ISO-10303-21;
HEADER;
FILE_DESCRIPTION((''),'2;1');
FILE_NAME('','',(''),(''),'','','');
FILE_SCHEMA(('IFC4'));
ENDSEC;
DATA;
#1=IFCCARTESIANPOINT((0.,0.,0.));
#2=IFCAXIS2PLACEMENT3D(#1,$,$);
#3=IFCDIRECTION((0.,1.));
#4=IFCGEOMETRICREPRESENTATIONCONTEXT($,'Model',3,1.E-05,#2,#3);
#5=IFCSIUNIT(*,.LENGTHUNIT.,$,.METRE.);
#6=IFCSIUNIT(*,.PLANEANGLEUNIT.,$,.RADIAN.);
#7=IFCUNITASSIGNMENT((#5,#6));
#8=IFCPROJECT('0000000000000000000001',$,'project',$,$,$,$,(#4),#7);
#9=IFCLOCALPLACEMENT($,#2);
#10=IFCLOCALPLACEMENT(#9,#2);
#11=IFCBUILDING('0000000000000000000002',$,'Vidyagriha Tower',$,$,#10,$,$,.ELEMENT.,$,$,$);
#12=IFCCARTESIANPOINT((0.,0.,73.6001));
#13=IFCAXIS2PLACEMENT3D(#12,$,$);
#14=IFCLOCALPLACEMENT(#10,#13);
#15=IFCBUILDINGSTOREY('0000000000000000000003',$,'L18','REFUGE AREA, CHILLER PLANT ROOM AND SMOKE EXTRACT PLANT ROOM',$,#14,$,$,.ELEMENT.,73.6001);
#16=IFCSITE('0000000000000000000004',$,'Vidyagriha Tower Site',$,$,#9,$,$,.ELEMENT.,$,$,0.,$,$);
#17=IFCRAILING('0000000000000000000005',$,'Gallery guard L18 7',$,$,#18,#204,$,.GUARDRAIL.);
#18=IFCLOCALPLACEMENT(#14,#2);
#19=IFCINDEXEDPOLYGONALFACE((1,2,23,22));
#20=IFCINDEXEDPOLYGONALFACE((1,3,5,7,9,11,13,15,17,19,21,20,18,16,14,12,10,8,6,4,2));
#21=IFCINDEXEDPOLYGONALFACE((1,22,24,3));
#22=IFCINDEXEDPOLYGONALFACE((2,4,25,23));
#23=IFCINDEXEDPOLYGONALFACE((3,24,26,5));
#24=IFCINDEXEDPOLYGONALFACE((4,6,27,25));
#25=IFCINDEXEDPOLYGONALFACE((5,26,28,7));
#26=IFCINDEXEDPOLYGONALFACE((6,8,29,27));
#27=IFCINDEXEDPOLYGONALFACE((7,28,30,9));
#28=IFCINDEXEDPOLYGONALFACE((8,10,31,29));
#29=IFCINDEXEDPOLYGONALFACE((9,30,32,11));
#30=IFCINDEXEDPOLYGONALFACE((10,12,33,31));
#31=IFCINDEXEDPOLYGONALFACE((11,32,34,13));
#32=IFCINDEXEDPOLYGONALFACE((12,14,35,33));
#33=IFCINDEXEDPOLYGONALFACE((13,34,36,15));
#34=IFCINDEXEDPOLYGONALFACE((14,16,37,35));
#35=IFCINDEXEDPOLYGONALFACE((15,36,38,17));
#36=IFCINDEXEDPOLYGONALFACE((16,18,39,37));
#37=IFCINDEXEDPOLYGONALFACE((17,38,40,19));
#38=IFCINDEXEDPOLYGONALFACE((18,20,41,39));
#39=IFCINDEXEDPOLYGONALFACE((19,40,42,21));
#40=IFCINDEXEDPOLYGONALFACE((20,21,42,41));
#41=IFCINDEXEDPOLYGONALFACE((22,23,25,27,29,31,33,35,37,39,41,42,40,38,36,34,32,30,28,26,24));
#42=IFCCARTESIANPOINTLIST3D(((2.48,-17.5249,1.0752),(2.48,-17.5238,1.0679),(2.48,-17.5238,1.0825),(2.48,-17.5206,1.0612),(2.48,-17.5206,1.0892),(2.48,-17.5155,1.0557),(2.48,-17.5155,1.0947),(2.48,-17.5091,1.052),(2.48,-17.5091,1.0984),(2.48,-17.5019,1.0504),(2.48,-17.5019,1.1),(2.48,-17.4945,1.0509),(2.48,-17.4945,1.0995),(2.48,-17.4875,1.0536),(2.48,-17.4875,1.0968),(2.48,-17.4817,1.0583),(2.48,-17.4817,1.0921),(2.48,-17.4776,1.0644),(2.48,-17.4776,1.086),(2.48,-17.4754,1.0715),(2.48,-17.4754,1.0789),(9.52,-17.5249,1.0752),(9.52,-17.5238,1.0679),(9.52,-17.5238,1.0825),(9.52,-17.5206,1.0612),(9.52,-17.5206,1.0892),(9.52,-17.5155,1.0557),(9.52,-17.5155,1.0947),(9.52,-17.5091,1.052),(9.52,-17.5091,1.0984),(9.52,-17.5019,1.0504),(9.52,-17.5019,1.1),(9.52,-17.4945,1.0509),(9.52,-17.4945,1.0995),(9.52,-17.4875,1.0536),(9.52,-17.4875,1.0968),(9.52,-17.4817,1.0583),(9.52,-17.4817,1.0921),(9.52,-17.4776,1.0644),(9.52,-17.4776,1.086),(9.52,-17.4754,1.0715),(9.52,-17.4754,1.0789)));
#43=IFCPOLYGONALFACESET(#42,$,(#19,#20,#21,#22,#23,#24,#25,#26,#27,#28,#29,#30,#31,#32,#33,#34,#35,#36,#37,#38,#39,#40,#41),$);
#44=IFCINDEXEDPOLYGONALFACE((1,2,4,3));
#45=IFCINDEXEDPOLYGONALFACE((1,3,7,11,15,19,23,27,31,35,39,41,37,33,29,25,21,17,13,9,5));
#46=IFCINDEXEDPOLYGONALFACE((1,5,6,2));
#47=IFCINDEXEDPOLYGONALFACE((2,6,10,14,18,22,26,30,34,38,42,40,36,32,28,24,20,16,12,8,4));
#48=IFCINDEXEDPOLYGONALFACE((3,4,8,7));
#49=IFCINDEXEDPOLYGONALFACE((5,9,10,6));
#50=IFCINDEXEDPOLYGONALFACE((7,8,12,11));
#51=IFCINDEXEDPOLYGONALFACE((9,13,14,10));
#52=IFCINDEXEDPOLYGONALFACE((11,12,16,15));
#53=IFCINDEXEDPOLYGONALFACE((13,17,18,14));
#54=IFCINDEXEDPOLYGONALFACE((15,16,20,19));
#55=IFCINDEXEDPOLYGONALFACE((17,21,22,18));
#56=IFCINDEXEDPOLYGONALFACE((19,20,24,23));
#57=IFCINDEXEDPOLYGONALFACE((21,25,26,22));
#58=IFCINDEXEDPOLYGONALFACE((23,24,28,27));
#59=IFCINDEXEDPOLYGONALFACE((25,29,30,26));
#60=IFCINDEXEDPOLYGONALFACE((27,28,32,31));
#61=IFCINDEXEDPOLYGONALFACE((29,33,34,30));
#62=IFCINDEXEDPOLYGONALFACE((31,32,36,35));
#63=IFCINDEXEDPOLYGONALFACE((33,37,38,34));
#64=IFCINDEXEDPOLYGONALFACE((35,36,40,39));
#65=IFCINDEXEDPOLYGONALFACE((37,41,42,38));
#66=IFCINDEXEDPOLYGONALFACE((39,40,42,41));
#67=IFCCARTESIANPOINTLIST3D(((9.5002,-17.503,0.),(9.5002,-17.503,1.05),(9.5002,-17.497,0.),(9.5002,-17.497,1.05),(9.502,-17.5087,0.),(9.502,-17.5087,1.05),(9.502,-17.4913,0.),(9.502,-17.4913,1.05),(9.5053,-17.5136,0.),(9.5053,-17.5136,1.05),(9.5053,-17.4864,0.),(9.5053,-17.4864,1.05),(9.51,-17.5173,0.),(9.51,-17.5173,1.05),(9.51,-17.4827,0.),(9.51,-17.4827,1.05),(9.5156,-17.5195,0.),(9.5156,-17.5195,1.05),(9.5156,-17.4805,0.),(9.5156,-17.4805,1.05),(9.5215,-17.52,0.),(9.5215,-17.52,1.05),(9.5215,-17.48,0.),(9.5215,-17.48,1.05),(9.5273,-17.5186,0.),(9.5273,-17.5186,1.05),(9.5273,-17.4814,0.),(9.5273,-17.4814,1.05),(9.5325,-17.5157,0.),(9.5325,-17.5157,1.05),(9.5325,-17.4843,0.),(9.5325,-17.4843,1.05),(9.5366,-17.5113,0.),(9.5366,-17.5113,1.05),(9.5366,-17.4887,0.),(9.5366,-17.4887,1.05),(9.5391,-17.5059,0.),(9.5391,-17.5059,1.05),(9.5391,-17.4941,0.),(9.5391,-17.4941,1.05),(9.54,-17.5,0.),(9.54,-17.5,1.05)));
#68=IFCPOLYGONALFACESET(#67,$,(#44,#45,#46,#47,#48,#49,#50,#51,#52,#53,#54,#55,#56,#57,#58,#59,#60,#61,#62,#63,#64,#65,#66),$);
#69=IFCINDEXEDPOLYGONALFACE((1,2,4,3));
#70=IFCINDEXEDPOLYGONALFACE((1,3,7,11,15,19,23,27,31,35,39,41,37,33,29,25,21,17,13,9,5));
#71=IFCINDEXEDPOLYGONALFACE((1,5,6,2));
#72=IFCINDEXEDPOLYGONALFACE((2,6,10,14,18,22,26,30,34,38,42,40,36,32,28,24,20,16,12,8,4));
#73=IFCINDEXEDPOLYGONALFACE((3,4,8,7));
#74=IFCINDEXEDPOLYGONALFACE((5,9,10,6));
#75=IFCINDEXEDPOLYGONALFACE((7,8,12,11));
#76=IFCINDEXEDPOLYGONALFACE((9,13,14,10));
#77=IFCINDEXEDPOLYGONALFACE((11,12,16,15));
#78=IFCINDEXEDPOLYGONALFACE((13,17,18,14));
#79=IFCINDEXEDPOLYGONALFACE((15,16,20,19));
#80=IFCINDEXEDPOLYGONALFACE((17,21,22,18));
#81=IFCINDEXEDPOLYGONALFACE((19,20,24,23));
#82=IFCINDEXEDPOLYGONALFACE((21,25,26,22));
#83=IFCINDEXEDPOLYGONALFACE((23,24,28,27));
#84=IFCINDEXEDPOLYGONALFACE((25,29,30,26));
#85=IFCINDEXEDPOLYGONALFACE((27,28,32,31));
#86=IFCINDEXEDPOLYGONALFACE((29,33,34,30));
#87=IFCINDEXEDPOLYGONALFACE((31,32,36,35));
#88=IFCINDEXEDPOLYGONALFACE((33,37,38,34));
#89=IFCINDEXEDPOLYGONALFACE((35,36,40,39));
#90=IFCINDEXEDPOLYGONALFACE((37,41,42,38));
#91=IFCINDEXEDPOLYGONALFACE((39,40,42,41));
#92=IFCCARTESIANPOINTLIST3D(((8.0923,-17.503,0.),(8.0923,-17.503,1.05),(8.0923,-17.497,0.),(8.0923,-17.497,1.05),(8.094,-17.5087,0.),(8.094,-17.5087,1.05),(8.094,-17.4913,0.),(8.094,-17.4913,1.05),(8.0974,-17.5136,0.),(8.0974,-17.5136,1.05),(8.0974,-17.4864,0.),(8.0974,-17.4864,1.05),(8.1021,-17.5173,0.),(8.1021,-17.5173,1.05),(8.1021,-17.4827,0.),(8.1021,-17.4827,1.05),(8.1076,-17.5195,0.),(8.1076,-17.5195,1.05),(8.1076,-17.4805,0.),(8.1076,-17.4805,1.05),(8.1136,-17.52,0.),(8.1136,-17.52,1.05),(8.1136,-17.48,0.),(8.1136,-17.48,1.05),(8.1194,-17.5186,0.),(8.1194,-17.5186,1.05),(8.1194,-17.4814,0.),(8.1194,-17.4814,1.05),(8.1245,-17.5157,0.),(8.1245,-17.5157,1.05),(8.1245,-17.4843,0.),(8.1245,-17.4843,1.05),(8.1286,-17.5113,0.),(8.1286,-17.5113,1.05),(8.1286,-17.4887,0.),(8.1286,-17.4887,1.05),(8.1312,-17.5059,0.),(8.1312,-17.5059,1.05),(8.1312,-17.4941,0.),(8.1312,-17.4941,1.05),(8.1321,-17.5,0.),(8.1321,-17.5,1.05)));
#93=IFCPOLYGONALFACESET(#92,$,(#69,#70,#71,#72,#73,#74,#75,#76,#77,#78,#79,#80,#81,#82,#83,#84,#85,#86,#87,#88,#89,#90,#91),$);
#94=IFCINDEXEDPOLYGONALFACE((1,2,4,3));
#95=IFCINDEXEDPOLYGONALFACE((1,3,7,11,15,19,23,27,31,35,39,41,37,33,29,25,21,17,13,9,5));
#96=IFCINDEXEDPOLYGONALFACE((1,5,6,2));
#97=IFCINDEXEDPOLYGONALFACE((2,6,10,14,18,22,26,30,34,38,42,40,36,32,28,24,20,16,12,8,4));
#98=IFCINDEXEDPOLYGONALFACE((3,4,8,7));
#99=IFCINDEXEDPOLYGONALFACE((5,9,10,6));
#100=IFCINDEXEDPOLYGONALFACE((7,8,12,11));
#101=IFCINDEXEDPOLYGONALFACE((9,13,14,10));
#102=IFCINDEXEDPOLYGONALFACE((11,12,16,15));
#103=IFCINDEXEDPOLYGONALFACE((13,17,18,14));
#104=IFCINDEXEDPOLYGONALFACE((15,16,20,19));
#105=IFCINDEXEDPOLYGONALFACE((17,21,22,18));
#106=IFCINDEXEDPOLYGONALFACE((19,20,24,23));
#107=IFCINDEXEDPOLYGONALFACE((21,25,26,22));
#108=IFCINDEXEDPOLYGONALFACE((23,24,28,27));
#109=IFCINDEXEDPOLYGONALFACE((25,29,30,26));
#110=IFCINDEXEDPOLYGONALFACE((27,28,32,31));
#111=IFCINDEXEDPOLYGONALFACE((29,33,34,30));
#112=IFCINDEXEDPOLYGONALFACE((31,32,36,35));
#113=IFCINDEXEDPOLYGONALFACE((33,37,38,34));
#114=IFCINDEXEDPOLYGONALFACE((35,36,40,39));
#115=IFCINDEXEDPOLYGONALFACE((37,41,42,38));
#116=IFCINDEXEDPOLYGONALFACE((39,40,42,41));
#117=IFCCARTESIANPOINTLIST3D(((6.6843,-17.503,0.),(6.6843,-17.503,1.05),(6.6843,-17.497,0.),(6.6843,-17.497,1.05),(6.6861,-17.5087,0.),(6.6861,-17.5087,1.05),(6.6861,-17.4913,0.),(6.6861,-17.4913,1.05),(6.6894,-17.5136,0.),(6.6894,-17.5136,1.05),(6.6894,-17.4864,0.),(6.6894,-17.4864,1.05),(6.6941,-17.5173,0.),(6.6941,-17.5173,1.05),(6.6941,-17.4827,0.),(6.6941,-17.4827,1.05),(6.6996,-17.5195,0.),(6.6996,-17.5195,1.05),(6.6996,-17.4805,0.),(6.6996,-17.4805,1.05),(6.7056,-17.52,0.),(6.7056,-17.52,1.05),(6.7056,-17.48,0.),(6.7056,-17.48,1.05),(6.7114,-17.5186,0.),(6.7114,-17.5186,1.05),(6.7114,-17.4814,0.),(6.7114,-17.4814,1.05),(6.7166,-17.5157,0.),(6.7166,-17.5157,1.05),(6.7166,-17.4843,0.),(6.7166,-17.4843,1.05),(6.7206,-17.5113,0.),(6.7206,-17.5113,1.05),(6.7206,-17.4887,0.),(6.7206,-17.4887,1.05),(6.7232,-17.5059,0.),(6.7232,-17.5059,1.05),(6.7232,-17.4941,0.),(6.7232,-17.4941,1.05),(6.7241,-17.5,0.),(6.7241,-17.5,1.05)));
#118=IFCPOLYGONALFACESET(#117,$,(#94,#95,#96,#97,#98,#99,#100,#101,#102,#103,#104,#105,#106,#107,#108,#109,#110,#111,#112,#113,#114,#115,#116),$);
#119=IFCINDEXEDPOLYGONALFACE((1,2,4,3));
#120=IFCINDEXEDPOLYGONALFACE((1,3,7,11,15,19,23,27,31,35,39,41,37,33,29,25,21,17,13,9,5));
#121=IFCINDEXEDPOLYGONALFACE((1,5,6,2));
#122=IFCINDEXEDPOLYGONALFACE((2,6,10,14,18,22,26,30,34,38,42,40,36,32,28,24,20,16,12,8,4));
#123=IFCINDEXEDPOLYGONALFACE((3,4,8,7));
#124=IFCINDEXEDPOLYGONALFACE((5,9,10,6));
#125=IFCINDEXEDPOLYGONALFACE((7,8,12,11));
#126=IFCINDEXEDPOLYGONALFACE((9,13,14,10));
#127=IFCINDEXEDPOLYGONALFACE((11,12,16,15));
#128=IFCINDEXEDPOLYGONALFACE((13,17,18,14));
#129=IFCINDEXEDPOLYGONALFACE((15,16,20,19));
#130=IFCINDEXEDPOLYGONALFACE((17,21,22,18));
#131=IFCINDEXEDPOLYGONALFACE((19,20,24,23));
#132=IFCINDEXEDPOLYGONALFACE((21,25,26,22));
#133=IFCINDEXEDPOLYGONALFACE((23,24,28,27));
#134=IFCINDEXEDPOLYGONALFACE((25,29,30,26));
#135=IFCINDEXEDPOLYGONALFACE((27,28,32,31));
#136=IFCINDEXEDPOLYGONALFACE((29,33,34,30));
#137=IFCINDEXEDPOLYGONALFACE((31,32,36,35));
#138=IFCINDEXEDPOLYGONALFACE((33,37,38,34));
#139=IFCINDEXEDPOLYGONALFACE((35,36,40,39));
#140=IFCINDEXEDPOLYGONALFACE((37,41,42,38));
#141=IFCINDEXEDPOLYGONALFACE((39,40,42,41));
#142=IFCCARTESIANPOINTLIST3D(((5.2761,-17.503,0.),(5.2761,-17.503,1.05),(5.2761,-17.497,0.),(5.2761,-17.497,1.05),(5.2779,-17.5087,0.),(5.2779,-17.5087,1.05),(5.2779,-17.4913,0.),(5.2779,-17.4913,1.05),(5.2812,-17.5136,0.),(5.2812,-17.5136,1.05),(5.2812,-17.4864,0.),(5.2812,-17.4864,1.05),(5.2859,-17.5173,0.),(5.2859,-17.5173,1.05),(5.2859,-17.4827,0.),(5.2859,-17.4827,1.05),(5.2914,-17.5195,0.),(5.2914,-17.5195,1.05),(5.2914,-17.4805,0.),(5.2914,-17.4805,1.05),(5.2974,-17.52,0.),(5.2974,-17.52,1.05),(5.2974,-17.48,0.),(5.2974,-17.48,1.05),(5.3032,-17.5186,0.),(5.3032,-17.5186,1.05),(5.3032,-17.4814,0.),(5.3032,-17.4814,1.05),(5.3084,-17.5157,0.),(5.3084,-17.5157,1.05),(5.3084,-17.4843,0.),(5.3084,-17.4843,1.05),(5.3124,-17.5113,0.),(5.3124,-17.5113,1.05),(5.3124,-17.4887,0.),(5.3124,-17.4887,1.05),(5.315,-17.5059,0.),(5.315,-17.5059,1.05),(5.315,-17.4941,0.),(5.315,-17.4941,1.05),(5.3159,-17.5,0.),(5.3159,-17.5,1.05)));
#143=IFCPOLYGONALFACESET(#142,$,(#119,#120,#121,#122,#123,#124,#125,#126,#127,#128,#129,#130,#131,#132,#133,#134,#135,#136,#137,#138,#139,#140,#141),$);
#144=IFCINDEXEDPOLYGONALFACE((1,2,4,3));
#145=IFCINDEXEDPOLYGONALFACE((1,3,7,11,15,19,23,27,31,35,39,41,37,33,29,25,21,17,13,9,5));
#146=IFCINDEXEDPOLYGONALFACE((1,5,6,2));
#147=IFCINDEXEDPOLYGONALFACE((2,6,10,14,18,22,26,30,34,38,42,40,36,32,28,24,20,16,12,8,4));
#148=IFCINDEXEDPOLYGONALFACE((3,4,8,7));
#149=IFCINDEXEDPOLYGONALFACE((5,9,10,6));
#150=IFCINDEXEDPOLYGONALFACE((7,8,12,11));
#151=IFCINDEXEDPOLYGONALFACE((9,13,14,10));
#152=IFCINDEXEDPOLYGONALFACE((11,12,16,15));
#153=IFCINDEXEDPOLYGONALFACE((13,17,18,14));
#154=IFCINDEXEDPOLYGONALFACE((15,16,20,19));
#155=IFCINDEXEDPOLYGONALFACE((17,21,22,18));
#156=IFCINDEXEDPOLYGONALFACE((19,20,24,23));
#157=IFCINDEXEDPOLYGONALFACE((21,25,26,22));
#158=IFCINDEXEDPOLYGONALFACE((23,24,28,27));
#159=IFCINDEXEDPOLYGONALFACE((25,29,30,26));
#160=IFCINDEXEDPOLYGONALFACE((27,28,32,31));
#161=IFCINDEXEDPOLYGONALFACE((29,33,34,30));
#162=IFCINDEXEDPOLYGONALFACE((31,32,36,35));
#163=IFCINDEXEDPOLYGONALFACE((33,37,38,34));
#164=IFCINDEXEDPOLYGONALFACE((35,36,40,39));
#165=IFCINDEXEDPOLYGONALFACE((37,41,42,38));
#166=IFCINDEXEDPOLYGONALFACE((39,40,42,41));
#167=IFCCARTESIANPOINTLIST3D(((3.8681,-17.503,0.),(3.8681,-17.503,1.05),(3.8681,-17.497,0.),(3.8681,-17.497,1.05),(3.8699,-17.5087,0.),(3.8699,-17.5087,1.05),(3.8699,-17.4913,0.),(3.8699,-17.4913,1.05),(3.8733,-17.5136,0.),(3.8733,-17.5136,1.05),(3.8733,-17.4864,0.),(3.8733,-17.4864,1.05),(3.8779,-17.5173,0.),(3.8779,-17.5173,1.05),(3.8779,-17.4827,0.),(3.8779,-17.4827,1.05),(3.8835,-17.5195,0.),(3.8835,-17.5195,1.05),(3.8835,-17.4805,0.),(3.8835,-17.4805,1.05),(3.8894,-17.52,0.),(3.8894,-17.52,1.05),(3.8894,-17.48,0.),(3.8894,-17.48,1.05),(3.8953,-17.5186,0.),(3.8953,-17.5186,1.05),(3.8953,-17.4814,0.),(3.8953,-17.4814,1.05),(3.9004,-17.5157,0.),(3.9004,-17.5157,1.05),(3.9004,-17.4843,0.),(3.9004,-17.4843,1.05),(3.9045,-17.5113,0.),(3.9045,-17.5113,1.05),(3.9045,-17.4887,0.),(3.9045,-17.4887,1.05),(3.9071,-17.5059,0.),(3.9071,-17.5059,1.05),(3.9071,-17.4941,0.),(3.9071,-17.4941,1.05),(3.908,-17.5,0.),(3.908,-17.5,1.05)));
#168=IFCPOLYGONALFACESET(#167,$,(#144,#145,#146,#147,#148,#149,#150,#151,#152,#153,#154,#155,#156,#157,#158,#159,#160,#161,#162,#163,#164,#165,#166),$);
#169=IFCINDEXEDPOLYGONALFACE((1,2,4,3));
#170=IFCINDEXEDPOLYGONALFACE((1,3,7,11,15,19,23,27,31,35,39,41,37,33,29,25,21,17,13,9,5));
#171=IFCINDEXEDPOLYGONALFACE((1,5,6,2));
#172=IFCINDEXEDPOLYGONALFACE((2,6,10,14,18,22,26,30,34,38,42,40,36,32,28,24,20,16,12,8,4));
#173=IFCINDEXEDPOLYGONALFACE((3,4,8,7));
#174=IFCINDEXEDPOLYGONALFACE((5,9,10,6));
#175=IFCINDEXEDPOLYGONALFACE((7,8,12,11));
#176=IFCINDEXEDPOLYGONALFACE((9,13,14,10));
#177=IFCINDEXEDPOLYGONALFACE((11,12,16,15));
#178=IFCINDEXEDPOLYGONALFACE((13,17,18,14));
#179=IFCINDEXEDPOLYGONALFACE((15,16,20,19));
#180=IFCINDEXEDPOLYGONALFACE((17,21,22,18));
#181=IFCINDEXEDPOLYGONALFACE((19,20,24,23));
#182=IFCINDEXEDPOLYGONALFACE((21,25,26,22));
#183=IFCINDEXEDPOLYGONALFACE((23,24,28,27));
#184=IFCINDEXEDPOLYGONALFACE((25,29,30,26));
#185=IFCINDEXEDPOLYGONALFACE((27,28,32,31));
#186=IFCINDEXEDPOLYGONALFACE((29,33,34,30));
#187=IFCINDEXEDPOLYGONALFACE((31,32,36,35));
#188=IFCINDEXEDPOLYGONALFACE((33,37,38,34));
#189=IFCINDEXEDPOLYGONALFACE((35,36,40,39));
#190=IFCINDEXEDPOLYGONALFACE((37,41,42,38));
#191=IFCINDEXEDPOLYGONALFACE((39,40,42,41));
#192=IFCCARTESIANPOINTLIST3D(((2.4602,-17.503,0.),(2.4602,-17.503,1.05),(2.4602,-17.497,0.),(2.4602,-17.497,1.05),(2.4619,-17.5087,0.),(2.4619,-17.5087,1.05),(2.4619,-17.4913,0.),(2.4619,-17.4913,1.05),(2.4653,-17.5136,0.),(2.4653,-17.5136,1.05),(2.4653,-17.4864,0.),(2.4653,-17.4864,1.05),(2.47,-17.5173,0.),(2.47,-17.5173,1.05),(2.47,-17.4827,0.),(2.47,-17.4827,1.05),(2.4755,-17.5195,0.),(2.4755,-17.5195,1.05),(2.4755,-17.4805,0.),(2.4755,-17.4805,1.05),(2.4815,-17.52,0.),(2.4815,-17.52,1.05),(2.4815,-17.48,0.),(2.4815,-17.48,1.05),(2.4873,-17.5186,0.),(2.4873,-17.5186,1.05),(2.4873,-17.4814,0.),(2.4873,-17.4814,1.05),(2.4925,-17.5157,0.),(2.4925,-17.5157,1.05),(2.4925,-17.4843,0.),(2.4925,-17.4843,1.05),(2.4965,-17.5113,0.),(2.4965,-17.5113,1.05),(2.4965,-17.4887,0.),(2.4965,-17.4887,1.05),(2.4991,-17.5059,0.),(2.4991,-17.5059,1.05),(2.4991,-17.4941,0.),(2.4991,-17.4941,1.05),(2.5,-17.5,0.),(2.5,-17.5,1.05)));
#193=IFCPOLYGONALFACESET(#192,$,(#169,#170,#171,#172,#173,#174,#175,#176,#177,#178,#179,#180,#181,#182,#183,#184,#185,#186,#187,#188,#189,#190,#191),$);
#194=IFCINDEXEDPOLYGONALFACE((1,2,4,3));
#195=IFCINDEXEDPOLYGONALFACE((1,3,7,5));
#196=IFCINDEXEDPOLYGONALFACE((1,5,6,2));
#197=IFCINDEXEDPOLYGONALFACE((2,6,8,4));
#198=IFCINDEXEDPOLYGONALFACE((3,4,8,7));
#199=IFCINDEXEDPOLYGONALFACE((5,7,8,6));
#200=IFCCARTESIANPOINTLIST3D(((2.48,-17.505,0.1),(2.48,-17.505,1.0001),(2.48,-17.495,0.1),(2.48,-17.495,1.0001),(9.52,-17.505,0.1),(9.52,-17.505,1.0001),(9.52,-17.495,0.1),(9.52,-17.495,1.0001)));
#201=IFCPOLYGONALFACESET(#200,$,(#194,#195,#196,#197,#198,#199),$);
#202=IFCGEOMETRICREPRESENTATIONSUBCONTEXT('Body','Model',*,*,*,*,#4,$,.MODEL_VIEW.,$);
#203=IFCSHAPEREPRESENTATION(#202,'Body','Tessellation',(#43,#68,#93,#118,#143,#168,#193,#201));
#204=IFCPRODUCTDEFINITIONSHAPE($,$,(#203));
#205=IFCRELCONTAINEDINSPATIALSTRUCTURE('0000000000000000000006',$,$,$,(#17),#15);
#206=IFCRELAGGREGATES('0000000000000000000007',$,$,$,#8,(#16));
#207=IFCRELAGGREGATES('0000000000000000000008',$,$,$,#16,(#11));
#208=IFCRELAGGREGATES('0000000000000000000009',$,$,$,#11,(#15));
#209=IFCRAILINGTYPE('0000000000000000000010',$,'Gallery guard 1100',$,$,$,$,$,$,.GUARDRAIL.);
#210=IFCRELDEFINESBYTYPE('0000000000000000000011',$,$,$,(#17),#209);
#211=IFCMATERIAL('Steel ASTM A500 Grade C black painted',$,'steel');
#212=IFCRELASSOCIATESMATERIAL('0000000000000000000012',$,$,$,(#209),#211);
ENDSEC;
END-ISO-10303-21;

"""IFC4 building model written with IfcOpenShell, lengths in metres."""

from ifc_helpers import new_model, si_unit, direction, frame, origin, origin_2d, place, context, subcontext, project, spatial, rectangle, circle, extrude, material, type_object, element, save


model = new_model("IFC4")

# Units and contexts
model_context = context("Model", 3, precision=1e-05, world=origin(), true_north=direction((0.0, 1.0)))
body_context = subcontext(model_context, "Body", "Model", "MODEL_VIEW")
ifc_project = project(units=[si_unit("LENGTHUNIT", "METRE"), si_unit("PLANEANGLEUNIT", "RADIAN")], contexts=[model_context])

# Site, building, storey
site_placement = place(None, origin())
site = spatial("IfcSite", under=ifc_project, at=site_placement, Name="Vidyagriha Tower Site", CompositionType="ELEMENT", RefElevation=0.0)
building_placement = place(site_placement, origin())
building = spatial("IfcBuilding", under=site, at=building_placement, Name="Vidyagriha Tower", CompositionType="ELEMENT")
storey_placement = place(building_placement, frame((0.0, 0.0, 73.6001)))
storey = spatial("IfcBuildingStorey", under=building, at=storey_placement, Name="L18", Description="REFUGE AREA, CHILLER PLANT ROOM AND SMOKE EXTRACT PLANT ROOM", CompositionType="ELEMENT", Elevation=73.6001)

# Railing
ifc_material_1 = material(Name="Steel ASTM A500 Grade C black painted", Category="steel")
railing_type = type_object("IfcRailingType", Name="Gallery guard 1100", PredefinedType="GUARDRAIL", material=ifc_material_1)
for number, where, name in (
    (1, (9.52, -17.5, 0.0), "Gallery guard L18 7"),
):
    element("IfcRailing", number, at=place(storey_placement, frame(where)), inside=storey, type_object=railing_type, Name=name, PredefinedType="GUARDRAIL", context=body_context, shape_type="SweptSolid", body=[
        extrude(circle(Radius=0.0249, at=origin_2d()), frame((0.0, 0.0, 1.0752), z_axis=(-1.0, 0.0, 0.0), x_axis=(0.0, -1.0, 0.0)), (0.0, 0.0, 1.0), 7.04),
        extrude(circle(Radius=0.02, at=origin_2d()), origin(), (0.0, 0.0, 1.0), 1.05),
        extrude(circle(Radius=0.02, at=origin_2d()), frame((-1.408, 0.0, 0.0)), (0.0, 0.0, 1.0), 1.05),
        extrude(circle(Radius=0.02, at=origin_2d()), frame((-2.8159, 0.0, 0.0)), (0.0, 0.0, 1.0), 1.05),
        extrude(circle(Radius=0.02, at=origin_2d()), frame((-4.2241, 0.0, 0.0)), (0.0, 0.0, 1.0), 1.05),
        extrude(circle(Radius=0.02, at=origin_2d()), frame((-5.6321, 0.0, 0.0)), (0.0, 0.0, 1.0), 1.05),
        extrude(circle(Radius=0.02, at=origin_2d()), frame((-7.04, 0.0, 0.0)), (0.0, 0.0, 1.0), 1.05),
        extrude(rectangle(XDim=0.01, YDim=0.9001, at=origin_2d()), frame((0.0, 0.0, 0.55), z_axis=(-1.0, 0.0, 0.0), x_axis=(0.0, -1.0, 0.0)), (0.0, 0.0, 1.0), 7.04),
    ])

save(model, "model.ifc")
